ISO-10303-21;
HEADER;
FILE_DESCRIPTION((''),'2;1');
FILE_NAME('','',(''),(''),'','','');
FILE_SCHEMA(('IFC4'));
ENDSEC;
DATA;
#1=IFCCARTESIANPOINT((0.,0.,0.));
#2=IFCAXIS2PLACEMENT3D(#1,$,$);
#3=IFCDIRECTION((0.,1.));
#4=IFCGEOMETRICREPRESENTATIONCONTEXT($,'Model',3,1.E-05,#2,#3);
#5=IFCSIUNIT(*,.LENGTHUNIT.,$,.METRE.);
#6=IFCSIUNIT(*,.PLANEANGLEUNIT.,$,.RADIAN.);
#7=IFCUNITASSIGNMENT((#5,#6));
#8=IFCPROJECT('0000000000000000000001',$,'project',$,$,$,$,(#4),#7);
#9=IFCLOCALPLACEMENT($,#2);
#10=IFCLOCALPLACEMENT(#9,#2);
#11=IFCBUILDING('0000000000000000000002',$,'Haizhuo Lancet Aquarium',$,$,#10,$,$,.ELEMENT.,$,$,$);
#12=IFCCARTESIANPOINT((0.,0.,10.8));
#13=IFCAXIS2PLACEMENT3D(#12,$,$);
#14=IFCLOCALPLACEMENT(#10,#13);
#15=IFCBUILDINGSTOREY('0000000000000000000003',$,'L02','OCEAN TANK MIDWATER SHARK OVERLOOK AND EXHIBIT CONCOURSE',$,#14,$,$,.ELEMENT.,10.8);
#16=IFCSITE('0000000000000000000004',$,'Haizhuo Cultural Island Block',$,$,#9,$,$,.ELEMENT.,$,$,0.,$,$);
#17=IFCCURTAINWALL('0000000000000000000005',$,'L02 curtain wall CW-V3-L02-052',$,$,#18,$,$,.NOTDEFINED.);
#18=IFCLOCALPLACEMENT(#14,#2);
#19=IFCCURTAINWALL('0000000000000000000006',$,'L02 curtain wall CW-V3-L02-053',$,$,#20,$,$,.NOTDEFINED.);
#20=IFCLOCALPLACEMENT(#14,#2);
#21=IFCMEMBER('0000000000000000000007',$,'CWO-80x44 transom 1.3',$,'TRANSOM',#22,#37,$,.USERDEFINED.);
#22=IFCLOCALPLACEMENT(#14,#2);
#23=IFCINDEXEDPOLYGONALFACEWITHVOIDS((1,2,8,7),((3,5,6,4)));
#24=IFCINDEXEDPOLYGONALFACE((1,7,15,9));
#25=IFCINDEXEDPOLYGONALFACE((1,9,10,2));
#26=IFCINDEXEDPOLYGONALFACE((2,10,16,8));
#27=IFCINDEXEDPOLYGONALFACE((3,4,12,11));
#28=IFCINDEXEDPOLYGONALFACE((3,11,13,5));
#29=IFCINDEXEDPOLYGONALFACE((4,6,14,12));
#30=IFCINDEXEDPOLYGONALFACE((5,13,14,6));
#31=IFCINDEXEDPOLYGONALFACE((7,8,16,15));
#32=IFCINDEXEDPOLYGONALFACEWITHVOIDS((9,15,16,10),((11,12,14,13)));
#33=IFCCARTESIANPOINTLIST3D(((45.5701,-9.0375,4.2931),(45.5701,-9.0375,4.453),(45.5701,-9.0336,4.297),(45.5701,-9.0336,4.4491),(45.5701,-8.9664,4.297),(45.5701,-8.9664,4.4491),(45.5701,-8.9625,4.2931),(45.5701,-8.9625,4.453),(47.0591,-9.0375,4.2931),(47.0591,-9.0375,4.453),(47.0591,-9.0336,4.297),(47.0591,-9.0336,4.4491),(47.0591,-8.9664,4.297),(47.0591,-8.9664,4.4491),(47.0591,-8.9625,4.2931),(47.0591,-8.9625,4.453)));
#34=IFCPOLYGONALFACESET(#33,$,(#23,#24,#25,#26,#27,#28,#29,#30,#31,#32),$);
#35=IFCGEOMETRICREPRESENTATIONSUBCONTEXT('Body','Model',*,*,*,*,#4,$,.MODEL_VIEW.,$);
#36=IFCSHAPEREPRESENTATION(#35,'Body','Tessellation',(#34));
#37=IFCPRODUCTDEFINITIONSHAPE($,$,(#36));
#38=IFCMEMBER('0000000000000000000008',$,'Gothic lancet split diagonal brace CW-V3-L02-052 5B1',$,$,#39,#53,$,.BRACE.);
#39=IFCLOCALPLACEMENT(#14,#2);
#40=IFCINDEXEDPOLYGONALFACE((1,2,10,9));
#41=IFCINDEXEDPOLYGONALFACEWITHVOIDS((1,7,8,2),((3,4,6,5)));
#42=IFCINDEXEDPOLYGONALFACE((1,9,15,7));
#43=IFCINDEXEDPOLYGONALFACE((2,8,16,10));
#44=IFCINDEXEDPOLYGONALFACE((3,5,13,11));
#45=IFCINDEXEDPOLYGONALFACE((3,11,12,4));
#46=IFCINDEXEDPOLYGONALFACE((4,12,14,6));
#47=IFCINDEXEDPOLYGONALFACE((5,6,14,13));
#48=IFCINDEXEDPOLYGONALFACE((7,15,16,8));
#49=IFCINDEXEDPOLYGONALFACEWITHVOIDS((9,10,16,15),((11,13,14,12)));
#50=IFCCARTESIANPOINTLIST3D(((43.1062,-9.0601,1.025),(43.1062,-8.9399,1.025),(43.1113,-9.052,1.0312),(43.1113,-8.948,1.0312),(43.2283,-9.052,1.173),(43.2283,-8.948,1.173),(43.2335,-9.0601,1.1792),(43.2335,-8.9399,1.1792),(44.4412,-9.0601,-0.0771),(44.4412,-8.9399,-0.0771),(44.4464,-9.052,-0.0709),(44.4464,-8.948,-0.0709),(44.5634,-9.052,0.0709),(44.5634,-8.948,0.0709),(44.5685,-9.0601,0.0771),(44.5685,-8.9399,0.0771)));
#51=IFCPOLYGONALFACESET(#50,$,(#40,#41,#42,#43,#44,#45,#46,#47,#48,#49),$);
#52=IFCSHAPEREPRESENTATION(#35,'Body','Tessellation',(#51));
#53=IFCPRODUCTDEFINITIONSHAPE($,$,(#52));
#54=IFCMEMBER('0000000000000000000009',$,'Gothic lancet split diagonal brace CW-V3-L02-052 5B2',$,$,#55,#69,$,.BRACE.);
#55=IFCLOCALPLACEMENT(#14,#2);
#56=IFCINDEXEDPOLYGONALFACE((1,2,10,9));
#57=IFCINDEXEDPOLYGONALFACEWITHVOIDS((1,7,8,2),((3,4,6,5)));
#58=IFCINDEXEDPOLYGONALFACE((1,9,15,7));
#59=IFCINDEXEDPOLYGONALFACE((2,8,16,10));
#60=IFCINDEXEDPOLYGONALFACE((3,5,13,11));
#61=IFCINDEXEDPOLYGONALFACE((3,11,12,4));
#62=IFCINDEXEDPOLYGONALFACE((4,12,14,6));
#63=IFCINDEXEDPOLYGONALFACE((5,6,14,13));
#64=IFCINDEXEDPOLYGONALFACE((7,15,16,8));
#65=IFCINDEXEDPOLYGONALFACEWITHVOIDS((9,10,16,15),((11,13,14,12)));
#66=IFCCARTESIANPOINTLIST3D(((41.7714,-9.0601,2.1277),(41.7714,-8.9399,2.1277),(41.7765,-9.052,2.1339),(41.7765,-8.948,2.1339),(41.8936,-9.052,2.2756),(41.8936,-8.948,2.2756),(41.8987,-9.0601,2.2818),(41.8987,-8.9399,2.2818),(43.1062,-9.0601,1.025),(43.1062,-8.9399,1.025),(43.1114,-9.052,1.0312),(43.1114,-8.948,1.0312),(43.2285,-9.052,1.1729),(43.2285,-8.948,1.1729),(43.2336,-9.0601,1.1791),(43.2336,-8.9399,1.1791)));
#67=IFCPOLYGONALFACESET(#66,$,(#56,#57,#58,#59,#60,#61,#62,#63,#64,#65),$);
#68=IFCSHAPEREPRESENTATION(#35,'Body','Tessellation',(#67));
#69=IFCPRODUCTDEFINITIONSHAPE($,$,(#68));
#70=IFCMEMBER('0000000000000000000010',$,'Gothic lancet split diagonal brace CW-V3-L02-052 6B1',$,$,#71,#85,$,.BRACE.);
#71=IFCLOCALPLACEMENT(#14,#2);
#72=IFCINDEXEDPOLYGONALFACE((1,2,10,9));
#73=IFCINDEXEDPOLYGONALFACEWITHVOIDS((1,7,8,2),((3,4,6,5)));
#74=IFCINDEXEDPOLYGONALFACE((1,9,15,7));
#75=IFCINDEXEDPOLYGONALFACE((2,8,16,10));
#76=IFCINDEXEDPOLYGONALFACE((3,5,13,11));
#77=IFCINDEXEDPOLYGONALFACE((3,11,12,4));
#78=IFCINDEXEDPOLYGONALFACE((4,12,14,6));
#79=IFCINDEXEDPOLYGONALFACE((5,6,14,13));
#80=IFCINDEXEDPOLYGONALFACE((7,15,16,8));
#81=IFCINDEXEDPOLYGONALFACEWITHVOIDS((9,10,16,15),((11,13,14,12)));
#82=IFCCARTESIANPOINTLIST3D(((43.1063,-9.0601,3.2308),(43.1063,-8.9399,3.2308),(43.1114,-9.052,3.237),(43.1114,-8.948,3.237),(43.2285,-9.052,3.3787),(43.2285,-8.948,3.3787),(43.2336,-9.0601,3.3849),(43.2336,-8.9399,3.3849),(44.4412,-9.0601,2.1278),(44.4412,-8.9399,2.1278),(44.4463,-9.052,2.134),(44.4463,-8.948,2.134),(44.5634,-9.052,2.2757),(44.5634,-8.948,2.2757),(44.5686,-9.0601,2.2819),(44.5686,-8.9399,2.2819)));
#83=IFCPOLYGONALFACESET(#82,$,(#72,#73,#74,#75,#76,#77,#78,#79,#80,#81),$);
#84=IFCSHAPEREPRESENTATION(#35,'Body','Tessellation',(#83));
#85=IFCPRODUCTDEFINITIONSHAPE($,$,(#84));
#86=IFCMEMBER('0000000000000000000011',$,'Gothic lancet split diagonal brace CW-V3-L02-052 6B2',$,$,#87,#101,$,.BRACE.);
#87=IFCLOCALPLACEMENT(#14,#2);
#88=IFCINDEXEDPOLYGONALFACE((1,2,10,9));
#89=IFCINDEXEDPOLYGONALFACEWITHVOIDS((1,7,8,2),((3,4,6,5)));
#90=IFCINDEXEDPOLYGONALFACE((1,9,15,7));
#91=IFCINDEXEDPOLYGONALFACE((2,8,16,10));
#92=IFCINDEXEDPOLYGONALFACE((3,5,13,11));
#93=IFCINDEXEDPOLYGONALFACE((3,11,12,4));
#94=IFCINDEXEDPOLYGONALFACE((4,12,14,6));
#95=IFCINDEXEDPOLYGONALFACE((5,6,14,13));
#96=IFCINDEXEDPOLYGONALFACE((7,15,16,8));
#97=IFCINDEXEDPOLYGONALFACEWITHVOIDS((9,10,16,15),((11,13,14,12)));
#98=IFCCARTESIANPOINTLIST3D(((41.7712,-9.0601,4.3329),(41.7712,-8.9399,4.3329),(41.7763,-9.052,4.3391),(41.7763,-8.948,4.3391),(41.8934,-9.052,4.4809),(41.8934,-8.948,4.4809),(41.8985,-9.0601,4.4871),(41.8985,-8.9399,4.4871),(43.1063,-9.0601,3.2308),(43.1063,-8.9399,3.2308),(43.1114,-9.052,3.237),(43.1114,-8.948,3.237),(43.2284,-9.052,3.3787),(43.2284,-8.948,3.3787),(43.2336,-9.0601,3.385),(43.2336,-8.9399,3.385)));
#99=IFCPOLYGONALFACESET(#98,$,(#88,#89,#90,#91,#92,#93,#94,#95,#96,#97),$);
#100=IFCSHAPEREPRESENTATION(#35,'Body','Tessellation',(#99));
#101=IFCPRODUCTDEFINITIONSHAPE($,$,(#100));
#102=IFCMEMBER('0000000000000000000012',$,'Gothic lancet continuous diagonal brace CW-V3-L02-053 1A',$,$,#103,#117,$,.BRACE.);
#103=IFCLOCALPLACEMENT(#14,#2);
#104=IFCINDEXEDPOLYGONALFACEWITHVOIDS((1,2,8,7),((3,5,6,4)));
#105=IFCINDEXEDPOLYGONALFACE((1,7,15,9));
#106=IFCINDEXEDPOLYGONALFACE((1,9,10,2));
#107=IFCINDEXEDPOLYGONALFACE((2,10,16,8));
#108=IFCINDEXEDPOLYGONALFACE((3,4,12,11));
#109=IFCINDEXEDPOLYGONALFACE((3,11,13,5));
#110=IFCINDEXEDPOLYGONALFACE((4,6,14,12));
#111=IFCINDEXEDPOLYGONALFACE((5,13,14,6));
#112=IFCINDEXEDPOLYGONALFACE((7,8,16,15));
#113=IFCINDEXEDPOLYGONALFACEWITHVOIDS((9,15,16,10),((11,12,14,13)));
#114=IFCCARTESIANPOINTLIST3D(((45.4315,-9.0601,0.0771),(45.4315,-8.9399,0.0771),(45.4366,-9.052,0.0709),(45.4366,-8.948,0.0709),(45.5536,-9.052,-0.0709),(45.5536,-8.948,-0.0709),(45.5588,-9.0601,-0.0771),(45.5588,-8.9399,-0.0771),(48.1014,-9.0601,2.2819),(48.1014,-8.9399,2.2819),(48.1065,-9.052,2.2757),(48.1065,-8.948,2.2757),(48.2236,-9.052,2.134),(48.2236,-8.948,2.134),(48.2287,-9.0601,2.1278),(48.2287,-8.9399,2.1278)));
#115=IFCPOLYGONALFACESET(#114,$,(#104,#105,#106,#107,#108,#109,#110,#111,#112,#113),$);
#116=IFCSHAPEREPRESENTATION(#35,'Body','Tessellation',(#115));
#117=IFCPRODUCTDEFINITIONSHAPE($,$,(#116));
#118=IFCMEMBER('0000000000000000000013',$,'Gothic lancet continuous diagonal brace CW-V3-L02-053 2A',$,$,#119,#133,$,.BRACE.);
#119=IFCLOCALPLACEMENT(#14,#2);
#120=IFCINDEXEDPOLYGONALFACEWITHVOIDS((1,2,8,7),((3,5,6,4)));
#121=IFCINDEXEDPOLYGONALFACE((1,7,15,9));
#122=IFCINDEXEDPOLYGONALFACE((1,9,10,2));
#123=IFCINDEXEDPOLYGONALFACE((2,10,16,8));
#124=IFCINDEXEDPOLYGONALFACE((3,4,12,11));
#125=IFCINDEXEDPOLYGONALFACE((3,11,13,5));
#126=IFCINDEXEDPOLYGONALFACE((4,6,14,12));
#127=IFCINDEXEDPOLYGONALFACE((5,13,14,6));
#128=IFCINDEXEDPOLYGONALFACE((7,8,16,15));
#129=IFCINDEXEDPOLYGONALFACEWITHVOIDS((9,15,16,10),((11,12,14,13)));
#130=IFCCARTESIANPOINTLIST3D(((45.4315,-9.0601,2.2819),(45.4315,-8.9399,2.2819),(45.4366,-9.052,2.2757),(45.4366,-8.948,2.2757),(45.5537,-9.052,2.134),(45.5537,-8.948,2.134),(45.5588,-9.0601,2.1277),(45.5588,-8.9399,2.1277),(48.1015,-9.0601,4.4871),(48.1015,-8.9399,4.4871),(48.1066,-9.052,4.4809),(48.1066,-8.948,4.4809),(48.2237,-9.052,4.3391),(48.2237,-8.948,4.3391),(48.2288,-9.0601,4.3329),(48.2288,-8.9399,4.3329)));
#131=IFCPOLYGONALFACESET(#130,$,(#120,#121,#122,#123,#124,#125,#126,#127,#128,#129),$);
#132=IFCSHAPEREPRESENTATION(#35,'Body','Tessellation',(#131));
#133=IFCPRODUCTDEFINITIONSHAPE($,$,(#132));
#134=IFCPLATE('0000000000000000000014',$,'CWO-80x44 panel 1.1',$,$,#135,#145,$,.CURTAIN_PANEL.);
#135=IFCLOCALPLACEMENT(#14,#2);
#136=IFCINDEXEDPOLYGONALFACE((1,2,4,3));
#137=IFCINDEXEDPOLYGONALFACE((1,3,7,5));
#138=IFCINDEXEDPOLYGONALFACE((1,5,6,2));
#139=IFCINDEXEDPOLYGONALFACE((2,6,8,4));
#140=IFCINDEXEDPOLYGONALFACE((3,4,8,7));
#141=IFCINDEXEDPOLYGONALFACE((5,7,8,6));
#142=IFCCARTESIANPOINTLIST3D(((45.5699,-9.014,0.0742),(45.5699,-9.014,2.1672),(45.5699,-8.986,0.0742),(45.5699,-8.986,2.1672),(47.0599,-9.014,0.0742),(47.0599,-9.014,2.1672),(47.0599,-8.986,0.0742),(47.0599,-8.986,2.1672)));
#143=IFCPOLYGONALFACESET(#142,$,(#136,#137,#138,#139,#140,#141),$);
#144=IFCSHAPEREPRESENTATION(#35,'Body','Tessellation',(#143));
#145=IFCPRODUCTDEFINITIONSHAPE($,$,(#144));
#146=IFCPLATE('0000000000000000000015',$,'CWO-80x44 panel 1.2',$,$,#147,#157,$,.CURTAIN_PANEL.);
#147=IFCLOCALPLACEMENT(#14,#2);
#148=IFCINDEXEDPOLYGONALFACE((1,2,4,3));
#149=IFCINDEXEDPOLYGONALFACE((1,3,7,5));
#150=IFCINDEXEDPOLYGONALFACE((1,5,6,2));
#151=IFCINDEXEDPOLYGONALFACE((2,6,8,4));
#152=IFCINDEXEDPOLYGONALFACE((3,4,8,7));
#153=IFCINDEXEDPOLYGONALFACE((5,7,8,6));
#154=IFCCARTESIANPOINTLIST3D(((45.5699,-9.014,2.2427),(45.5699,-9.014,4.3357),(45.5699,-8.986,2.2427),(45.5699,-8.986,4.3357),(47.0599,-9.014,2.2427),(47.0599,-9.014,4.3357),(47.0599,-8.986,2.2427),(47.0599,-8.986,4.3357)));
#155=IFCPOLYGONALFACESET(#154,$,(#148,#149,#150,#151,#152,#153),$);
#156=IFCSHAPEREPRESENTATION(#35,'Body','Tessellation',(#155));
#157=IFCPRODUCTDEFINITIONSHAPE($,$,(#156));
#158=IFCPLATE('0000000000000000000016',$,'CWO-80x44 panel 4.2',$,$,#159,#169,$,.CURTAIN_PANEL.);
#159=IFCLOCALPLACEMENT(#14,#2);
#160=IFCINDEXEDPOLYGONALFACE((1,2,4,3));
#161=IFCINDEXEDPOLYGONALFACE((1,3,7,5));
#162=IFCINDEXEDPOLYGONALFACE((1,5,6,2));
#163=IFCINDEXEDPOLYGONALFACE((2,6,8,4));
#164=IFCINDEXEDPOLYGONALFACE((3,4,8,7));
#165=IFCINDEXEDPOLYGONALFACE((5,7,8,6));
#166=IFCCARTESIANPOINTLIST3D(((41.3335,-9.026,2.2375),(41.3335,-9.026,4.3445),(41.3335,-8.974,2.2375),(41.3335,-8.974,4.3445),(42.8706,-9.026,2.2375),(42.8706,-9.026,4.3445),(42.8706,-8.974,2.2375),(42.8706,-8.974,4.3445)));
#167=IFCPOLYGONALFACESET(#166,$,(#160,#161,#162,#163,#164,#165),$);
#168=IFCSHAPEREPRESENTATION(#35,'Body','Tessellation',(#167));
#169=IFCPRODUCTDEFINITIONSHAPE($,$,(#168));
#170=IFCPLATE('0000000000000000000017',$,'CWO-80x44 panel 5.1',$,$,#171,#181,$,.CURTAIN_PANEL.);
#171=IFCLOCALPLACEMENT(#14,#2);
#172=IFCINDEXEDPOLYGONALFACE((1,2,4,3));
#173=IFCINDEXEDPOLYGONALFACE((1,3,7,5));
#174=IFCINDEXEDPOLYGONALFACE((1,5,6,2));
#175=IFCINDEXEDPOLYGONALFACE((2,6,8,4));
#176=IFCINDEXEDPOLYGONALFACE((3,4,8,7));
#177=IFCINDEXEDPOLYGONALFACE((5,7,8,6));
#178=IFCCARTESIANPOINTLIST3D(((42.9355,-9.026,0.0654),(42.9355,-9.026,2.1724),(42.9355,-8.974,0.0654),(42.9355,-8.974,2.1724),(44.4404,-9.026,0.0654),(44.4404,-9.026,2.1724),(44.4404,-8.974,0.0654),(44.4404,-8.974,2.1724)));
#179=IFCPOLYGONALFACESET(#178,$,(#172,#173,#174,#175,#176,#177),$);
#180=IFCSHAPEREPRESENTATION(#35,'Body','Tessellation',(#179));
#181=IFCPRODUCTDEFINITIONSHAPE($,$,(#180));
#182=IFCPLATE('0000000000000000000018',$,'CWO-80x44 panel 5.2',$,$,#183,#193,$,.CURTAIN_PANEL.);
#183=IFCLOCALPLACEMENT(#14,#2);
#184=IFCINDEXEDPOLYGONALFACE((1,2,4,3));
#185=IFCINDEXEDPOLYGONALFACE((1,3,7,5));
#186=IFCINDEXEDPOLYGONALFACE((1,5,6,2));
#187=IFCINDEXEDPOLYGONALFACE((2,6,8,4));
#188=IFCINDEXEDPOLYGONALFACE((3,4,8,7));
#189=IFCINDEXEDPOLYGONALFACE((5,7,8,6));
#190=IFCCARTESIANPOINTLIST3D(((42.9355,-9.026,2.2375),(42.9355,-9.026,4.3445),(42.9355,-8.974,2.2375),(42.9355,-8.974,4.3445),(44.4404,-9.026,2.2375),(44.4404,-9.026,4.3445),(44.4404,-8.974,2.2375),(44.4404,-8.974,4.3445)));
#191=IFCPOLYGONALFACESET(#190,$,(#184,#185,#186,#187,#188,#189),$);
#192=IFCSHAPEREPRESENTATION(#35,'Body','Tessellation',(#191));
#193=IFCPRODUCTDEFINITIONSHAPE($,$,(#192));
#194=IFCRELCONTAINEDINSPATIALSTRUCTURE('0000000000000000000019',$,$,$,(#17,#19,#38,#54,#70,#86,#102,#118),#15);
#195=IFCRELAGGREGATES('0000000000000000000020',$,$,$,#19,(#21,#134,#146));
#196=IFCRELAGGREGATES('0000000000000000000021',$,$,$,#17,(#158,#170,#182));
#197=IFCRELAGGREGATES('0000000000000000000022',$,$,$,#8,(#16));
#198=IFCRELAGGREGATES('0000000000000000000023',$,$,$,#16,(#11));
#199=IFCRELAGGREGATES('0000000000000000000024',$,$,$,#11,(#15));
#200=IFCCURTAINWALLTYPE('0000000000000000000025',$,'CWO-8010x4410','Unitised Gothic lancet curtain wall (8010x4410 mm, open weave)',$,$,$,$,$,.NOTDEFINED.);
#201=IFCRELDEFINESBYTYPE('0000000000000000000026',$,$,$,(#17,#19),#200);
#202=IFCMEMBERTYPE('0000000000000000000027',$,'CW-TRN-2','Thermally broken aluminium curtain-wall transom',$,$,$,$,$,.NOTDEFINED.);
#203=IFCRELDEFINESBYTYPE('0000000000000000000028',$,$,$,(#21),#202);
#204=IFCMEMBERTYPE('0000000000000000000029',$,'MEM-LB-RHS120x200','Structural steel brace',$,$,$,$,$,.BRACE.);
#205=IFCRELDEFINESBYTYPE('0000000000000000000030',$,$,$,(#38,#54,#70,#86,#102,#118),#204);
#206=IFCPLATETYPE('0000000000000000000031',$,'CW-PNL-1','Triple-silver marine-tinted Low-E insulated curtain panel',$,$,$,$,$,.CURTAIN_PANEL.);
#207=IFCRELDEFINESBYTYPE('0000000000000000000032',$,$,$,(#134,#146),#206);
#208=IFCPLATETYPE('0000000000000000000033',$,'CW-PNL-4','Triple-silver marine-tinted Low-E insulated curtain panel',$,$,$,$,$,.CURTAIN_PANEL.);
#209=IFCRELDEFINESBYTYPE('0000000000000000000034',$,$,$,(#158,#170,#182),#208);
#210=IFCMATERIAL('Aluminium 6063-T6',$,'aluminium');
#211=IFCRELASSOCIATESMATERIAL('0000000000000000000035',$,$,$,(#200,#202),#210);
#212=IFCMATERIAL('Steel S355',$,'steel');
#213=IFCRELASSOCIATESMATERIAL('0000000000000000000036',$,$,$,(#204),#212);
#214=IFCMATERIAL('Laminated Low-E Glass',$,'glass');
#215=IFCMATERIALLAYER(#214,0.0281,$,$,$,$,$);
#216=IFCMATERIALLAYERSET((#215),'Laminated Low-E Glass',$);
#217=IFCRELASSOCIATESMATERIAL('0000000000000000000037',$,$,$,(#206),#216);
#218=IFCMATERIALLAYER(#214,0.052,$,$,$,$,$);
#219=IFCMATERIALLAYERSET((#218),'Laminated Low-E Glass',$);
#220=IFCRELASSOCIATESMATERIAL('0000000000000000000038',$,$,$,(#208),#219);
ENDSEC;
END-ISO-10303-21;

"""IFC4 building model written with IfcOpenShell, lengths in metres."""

from ifc_helpers import new_model, si_unit, direction, frame, origin, origin_2d, place, context, subcontext, project, spatial, rectangle, hollow_rectangle, extrude, material, layer, layer_set, material_profile, profile_set, type_object, element, aggregate, save


model = new_model("IFC4")

# Units and contexts
model_context = context("Model", 3, precision=1e-05, world=origin(), true_north=direction((0.0, 1.0)))
body_context = subcontext(model_context, "Body", "Model", "MODEL_VIEW")
ifc_project = project(units=[si_unit("LENGTHUNIT", "METRE"), si_unit("PLANEANGLEUNIT", "RADIAN")], contexts=[model_context])

# Site, building, storey
site_placement = place(None, origin())
site = spatial("IfcSite", under=ifc_project, at=site_placement, Name="Haizhuo Cultural Island Block", CompositionType="ELEMENT", RefElevation=0.0)
building_placement = place(site_placement, origin())
building = spatial("IfcBuilding", under=site, at=building_placement, Name="Haizhuo Lancet Aquarium", CompositionType="ELEMENT")
storey_placement = place(building_placement, frame((0.0, 0.0, 10.8)))
storey = spatial("IfcBuildingStorey", under=building, at=storey_placement, Name="L02", Description="OCEAN TANK MIDWATER SHARK OVERLOOK AND EXHIBIT CONCOURSE", CompositionType="ELEMENT", Elevation=10.8)

# Curtain wall
ifc_material_1 = material(Name="Aluminium 6063-T6", Category="aluminium")
curtain_wall_type = type_object("IfcCurtainWallType", Name="CWO-8010x4410", Description="Unitised Gothic lancet curtain wall (8010x4410 mm, open weave)", PredefinedType="NOTDEFINED", material=ifc_material_1)
curtain_wall_1_placement = place(storey_placement, origin())
curtain_wall_1 = element("IfcCurtainWall", 1, at=curtain_wall_1_placement, inside=storey, type_object=curtain_wall_type, Name="L02 curtain wall CW-V3-L02-052", PredefinedType="NOTDEFINED")

# Curtain wall
curtain_wall_2_placement = place(storey_placement, origin())
curtain_wall_2 = element("IfcCurtainWall", 2, at=curtain_wall_2_placement, inside=storey, type_object=curtain_wall_type, Name="L02 curtain wall CW-V3-L02-053", PredefinedType="NOTDEFINED")

# Member
ifc_material_profile_1 = material_profile(ifc_material_1, hollow_rectangle(XDim=0.075, YDim=0.1599, WallThickness=0.0039, at=origin_2d()), Name="ALU-T 75x160x4")
ifc_profile_set_1 = profile_set([ifc_material_profile_1], Name="Aluminium 6063-T6")
member_type_1 = type_object("IfcMemberType", Name="CW-TRN-2", Description="Thermally broken aluminium curtain-wall transom", PredefinedType="NOTDEFINED", material=ifc_profile_set_1)
member_1_placement = place(storey_placement, frame((45.5701, -9.0, 4.373), z_axis=(1.0, 0.0, 0.0), x_axis=(0.0, 1.0, 0.0)))
member_1 = element("IfcMember", 3, at=member_1_placement, type_object=member_type_1, Name="CWO-80x44 transom 1.3", ObjectType="TRANSOM", PredefinedType="USERDEFINED", context=body_context, shape_type="SweptSolid", body=[
    extrude(hollow_rectangle(XDim=0.075, YDim=0.1599, WallThickness=0.0039, at=origin_2d()), origin(), (0.0, 0.0, 1.0), 1.489),
])

# Members
ifc_material_2 = material(Name="Steel S355", Category="steel")
ifc_material_profile_2 = material_profile(ifc_material_2, hollow_rectangle(XDim=0.1201, YDim=0.2, WallThickness=0.0081, at=origin_2d()), Name="RHS 120x200x8")
ifc_profile_set_2 = profile_set([ifc_material_profile_2], Name="Steel S355")
member_type_2 = type_object("IfcMemberType", Name="MEM-LB-RHS120x200", Description="Structural steel brace", PredefinedType="BRACE", material=ifc_profile_set_2)
member_2_placement = place(storey_placement, frame((44.5049, -9.0, 0.0), z_axis=(-0.771172, 0.0, 0.636626), x_axis=(0.0, -1.0, 0.0)))
element("IfcMember", 4, at=member_2_placement, inside=storey, type_object=member_type_2, Name="Gothic lancet split diagonal brace CW-V3-L02-052 5B1", PredefinedType="BRACE", context=body_context, shape_type="SweptSolid", body=[
    extrude(hollow_rectangle(XDim=0.1201, YDim=0.2, WallThickness=0.0081, at=origin_2d()), origin(), (0.0, 0.0, 1.0), 1.7312),
])
member_3_placement = place(storey_placement, frame((43.1699, -9.0, 1.1021), z_axis=(-0.770965, 0.0, 0.636878), x_axis=(0.0, -1.0, 0.0)))
element("IfcMember", 5, at=member_3_placement, inside=storey, type_object=member_type_2, Name="Gothic lancet split diagonal brace CW-V3-L02-052 5B2", PredefinedType="BRACE", context=body_context, shape_type="SweptSolid", body=[
    extrude(hollow_rectangle(XDim=0.1201, YDim=0.2, WallThickness=0.0081, at=origin_2d()), origin(), (0.0, 0.0, 1.0), 1.7314),
])
member_4_placement = place(storey_placement, frame((44.5049, -9.0, 2.2048), z_axis=(-0.770896, 0.0, 0.636962), x_axis=(0.0, -1.0, 0.0)))
element("IfcMember", 6, at=member_4_placement, inside=storey, type_object=member_type_2, Name="Gothic lancet split diagonal brace CW-V3-L02-052 6B1", PredefinedType="BRACE", context=body_context, shape_type="SweptSolid", body=[
    extrude(hollow_rectangle(XDim=0.1201, YDim=0.2, WallThickness=0.0081, at=origin_2d()), origin(), (0.0, 0.0, 1.0), 1.7317),
])
member_5_placement = place(storey_placement, frame((43.1699, -9.0, 3.3079), z_axis=(-0.771172, 0.0, 0.636626), x_axis=(0.0, -1.0, 0.0)))
element("IfcMember", 7, at=member_5_placement, inside=storey, type_object=member_type_2, Name="Gothic lancet split diagonal brace CW-V3-L02-052 6B2", PredefinedType="BRACE", context=body_context, shape_type="SweptSolid", body=[
    extrude(hollow_rectangle(XDim=0.1201, YDim=0.2, WallThickness=0.0081, at=origin_2d()), origin(), (0.0, 0.0, 1.0), 1.7312),
])
member_6_placement = place(storey_placement, frame((45.4951, -9.0, 0.0), z_axis=(0.771069, 0.0, 0.636752), x_axis=(0.0, 1.0, 0.0)))
element("IfcMember", 8, at=member_6_placement, inside=storey, type_object=member_type_2, Name="Gothic lancet continuous diagonal brace CW-V3-L02-053 1A", PredefinedType="BRACE", context=body_context, shape_type="SweptSolid", body=[
    extrude(hollow_rectangle(XDim=0.1201, YDim=0.2, WallThickness=0.0081, at=origin_2d()), origin(), (0.0, 0.0, 1.0), 3.4626),
])
member_7_placement = place(storey_placement, frame((45.4951, -9.0, 2.2048), z_axis=(0.771034, 0.0, 0.636794), x_axis=(0.0, 1.0, 0.0)))
element("IfcMember", 9, at=member_7_placement, inside=storey, type_object=member_type_2, Name="Gothic lancet continuous diagonal brace CW-V3-L02-053 2A", PredefinedType="BRACE", context=body_context, shape_type="SweptSolid", body=[
    extrude(hollow_rectangle(XDim=0.1201, YDim=0.2, WallThickness=0.0081, at=origin_2d()), origin(), (0.0, 0.0, 1.0), 3.4629),
])

# Plates
ifc_material_3 = material(Name="Laminated Low-E Glass", Category="glass")
ifc_layer_1 = layer(ifc_material_3, 0.0281)
ifc_layer_set_1 = layer_set([ifc_layer_1], Name="Laminated Low-E Glass")
plate_type_1 = type_object("IfcPlateType", Name="CW-PNL-1", Description="Triple-silver marine-tinted Low-E insulated curtain panel", PredefinedType="CURTAIN_PANEL", material=ifc_layer_set_1)
plate_1_placement = place(storey_placement, frame((46.3149, -9.0, 0.0742), z_axis=(0.0, 0.0, 1.0), x_axis=(1.0, 0.0, 0.0)))
plate_1 = element("IfcPlate", 10, at=plate_1_placement, type_object=plate_type_1, Name="CWO-80x44 panel 1.1", PredefinedType="CURTAIN_PANEL", context=body_context, shape_type="SweptSolid", body=[
    extrude(rectangle(XDim=1.49, YDim=0.0281, at=origin_2d()), origin(), (0.0, 0.0, 1.0), 2.093),
])
plate_2_placement = place(storey_placement, frame((46.3149, -9.0, 2.2427), z_axis=(0.0, 0.0, 1.0), x_axis=(1.0, 0.0, 0.0)))
plate_2 = element("IfcPlate", 11, at=plate_2_placement, type_object=plate_type_1, Name="CWO-80x44 panel 1.2", PredefinedType="CURTAIN_PANEL", context=body_context, shape_type="SweptSolid", body=[
    extrude(rectangle(XDim=1.49, YDim=0.0281, at=origin_2d()), origin(), (0.0, 0.0, 1.0), 2.093),
])
aggregate(curtain_wall_2, [member_1, plate_1, plate_2])
ifc_layer_2 = layer(ifc_material_3, 0.052)
ifc_layer_set_2 = layer_set([ifc_layer_2], Name="Laminated Low-E Glass")
plate_type_2 = type_object("IfcPlateType", Name="CW-PNL-4", Description="Triple-silver marine-tinted Low-E insulated curtain panel", PredefinedType="CURTAIN_PANEL", material=ifc_layer_set_2)
plate_3_placement = place(storey_placement, frame((42.1021, -9.0, 2.2375), z_axis=(0.0, 0.0, 1.0), x_axis=(1.0, 0.0, 0.0)))
plate_3 = element("IfcPlate", 12, at=plate_3_placement, type_object=plate_type_2, Name="CWO-80x44 panel 4.2", PredefinedType="CURTAIN_PANEL", context=body_context, shape_type="SweptSolid", body=[
    extrude(rectangle(XDim=1.5371, YDim=0.052, at=origin_2d()), origin(), (0.0, 0.0, 1.0), 2.1069),
])
plate_4_placement = place(storey_placement, frame((43.688, -9.0, 0.0654), z_axis=(0.0, 0.0, 1.0), x_axis=(1.0, 0.0, 0.0)))
plate_4 = element("IfcPlate", 13, at=plate_4_placement, type_object=plate_type_2, Name="CWO-80x44 panel 5.1", PredefinedType="CURTAIN_PANEL", context=body_context, shape_type="SweptSolid", body=[
    extrude(rectangle(XDim=1.5049, YDim=0.052, at=origin_2d()), origin(), (0.0, 0.0, 1.0), 2.1069),
])
plate_5_placement = place(storey_placement, frame((43.688, -9.0, 2.2375), z_axis=(0.0, 0.0, 1.0), x_axis=(1.0, 0.0, 0.0)))
plate_5 = element("IfcPlate", 14, at=plate_5_placement, type_object=plate_type_2, Name="CWO-80x44 panel 5.2", PredefinedType="CURTAIN_PANEL", context=body_context, shape_type="SweptSolid", body=[
    extrude(rectangle(XDim=1.5049, YDim=0.052, at=origin_2d()), origin(), (0.0, 0.0, 1.0), 2.1069),
])
aggregate(curtain_wall_1, [plate_3, plate_4, plate_5])

save(model, "model.ifc")
